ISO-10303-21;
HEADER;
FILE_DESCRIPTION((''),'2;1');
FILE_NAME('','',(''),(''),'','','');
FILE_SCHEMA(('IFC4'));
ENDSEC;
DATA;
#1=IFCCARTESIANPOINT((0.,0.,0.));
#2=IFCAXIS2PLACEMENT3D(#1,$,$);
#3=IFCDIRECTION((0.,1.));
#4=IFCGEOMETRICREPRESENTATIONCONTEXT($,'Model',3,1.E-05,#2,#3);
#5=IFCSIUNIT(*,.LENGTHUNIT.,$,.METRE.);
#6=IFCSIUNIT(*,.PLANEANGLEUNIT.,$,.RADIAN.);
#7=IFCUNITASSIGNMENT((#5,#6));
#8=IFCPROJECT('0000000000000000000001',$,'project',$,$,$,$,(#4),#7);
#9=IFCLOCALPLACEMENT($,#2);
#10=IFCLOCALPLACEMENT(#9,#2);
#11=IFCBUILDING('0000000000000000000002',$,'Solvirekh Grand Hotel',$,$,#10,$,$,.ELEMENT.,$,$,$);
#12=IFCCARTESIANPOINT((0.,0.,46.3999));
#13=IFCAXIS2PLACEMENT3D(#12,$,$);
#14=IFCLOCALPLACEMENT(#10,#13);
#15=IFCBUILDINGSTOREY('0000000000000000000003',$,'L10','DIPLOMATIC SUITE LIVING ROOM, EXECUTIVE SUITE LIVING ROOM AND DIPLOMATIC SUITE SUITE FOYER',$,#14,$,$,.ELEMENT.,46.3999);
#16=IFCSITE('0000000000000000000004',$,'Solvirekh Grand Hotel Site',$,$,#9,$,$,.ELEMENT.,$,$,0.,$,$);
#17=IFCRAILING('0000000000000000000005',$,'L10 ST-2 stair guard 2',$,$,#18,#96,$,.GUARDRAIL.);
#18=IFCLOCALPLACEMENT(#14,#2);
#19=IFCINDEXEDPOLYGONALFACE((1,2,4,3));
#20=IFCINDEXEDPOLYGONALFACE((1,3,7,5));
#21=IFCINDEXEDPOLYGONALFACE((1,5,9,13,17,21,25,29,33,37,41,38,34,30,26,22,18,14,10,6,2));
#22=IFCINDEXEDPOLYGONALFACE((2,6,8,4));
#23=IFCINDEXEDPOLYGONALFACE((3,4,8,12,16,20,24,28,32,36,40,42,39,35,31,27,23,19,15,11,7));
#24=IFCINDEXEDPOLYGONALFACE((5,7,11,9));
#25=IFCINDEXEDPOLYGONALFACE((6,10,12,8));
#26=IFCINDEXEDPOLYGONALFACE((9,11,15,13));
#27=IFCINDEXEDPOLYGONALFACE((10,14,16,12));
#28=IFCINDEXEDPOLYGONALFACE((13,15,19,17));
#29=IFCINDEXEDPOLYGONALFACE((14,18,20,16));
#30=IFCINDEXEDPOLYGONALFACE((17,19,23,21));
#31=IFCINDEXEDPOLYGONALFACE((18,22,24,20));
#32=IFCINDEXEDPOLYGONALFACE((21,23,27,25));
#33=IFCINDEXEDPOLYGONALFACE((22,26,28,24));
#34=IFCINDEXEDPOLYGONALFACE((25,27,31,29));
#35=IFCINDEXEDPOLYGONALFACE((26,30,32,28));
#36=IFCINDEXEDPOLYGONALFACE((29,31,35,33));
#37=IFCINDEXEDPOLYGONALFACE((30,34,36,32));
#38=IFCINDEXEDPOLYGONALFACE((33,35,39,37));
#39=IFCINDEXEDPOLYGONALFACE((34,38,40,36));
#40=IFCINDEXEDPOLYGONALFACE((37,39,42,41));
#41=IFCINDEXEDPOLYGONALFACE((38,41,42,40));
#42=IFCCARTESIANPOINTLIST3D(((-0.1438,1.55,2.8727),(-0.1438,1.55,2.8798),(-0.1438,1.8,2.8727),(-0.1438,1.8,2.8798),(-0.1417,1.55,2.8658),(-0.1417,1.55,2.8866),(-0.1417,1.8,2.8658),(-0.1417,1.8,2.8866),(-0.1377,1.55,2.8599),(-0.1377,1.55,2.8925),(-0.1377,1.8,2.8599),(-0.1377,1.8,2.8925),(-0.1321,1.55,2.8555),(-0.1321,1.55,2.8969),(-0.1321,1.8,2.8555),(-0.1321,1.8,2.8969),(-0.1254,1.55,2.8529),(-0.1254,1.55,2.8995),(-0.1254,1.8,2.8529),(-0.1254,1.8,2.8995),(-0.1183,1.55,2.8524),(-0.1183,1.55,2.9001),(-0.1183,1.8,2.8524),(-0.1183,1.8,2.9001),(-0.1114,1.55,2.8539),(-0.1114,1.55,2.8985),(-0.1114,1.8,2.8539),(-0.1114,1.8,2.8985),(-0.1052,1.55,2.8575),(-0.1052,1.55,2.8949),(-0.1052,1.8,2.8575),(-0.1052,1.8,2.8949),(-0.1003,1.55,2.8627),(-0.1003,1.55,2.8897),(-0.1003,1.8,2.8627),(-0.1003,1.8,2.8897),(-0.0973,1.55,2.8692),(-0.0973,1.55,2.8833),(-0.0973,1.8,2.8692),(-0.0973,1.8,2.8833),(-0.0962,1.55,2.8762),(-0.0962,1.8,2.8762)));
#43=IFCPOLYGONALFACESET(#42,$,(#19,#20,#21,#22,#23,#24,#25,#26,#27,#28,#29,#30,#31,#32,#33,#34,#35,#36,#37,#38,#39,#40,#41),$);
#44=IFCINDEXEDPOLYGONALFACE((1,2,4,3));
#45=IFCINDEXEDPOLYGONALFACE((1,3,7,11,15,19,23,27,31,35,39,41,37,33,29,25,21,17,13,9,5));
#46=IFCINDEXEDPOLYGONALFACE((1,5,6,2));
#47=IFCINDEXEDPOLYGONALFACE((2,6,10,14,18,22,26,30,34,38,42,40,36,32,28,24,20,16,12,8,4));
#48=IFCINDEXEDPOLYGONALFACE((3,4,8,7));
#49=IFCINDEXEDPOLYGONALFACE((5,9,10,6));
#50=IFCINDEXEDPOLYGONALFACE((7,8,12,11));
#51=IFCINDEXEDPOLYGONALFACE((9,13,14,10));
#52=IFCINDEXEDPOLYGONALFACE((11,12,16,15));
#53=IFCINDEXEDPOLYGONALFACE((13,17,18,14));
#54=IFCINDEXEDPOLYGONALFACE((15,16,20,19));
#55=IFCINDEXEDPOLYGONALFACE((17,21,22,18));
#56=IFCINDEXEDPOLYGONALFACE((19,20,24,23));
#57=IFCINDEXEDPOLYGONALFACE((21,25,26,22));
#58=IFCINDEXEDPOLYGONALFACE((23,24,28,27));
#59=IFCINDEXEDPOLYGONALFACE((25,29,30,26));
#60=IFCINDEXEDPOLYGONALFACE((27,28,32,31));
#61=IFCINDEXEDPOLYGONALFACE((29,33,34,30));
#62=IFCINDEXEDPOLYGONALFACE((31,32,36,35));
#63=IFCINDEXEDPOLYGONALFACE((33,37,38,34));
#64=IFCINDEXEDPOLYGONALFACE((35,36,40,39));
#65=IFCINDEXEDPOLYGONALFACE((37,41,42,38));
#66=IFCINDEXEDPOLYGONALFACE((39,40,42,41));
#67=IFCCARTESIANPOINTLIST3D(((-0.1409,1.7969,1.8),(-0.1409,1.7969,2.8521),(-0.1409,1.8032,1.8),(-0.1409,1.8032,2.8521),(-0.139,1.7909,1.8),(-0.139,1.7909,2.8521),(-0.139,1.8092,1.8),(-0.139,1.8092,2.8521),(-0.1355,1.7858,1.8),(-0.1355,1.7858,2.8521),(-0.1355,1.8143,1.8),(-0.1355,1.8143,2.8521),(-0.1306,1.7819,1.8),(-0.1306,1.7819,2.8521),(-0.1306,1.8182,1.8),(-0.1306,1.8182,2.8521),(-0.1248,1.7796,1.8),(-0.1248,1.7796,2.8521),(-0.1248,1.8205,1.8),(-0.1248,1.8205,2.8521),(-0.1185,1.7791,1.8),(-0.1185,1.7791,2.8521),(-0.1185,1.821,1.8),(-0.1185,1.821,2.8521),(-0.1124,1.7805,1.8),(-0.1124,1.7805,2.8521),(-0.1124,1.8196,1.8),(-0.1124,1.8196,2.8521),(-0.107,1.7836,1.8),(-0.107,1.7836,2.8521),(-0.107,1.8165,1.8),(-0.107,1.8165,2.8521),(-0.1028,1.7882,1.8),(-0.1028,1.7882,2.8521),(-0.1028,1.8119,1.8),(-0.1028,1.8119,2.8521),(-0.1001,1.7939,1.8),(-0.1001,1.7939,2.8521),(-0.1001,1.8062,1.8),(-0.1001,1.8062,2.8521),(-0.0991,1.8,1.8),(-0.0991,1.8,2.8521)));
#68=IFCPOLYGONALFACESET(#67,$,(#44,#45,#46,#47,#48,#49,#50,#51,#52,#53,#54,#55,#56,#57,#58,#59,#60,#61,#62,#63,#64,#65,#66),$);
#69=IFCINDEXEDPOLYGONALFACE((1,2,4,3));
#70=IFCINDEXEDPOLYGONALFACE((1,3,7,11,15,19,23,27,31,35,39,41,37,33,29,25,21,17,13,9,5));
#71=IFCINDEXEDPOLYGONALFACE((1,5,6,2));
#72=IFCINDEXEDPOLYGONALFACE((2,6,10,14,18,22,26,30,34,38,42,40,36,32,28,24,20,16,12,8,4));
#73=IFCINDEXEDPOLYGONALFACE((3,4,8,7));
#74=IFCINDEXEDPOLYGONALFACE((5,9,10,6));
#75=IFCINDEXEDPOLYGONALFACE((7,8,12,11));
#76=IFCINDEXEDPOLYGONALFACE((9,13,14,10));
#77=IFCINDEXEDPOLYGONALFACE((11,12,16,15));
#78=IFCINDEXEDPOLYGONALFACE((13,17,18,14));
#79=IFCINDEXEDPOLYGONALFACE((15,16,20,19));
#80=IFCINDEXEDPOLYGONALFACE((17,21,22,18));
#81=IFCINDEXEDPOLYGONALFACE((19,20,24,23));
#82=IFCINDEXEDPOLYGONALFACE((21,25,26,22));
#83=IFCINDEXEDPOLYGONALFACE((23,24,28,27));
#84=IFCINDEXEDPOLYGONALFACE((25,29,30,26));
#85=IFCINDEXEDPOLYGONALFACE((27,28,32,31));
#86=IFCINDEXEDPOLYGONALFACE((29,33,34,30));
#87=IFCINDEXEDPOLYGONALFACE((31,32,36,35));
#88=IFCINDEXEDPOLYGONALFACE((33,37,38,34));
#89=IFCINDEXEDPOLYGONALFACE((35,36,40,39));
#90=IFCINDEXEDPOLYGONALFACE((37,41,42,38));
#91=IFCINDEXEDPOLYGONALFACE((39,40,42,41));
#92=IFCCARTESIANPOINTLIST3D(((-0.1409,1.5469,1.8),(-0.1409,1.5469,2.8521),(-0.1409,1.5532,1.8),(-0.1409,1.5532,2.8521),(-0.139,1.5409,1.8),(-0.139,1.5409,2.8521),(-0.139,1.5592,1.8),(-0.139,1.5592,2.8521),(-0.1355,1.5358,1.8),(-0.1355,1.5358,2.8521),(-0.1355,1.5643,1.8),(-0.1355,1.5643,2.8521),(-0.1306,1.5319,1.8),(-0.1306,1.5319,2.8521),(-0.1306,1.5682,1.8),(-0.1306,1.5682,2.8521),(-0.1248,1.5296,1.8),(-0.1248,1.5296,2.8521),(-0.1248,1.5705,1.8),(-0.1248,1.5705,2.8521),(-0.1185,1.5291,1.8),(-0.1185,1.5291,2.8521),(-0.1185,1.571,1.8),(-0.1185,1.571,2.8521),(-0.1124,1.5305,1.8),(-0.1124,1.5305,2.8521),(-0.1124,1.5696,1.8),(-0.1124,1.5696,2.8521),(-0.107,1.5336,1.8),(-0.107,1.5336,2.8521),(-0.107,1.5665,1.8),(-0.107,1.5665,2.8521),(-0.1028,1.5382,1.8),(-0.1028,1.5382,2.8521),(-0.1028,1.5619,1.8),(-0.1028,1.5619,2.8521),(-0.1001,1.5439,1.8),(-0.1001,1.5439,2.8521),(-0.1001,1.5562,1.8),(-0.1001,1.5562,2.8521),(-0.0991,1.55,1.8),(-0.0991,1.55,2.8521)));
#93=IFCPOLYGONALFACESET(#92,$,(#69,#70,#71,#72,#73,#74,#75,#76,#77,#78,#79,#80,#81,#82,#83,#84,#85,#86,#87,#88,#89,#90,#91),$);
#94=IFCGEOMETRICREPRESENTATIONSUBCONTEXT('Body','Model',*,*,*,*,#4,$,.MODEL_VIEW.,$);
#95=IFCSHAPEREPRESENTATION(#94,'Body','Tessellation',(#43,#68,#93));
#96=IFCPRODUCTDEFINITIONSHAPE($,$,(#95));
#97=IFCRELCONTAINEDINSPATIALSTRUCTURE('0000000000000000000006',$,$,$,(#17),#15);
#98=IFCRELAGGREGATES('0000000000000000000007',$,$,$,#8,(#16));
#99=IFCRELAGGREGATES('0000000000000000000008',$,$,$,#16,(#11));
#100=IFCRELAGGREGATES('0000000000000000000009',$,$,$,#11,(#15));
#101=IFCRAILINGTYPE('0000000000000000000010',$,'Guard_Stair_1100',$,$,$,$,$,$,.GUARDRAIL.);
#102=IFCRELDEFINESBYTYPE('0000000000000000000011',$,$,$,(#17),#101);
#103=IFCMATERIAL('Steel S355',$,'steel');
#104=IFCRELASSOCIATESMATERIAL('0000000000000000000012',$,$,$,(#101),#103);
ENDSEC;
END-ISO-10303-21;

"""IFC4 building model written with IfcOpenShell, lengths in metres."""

from ifc_helpers import new_model, si_unit, direction, frame, origin, origin_2d, place, context, subcontext, project, spatial, circle, extrude, material, type_object, element, save


model = new_model("IFC4")

# Units and contexts
model_context = context("Model", 3, precision=1e-05, world=origin(), true_north=direction((0.0, 1.0)))
body_context = subcontext(model_context, "Body", "Model", "MODEL_VIEW")
ifc_project = project(units=[si_unit("LENGTHUNIT", "METRE"), si_unit("PLANEANGLEUNIT", "RADIAN")], contexts=[model_context])

# Site, building, storey
site_placement = place(None, origin())
site = spatial("IfcSite", under=ifc_project, at=site_placement, Name="Solvirekh Grand Hotel Site", CompositionType="ELEMENT", RefElevation=0.0)
building_placement = place(site_placement, origin())
building = spatial("IfcBuilding", under=site, at=building_placement, Name="Solvirekh Grand Hotel", CompositionType="ELEMENT")
storey_placement = place(building_placement, frame((0.0, 0.0, 46.3999)))
storey = spatial("IfcBuildingStorey", under=building, at=storey_placement, Name="L10", Description="DIPLOMATIC SUITE LIVING ROOM, EXECUTIVE SUITE LIVING ROOM AND DIPLOMATIC SUITE SUITE FOYER", CompositionType="ELEMENT", Elevation=46.3999)

# Shared definitions
ifc_material_1 = material(Name="Steel S355", Category="steel")

# Railing
railing_type_1 = type_object("IfcRailingType", Name="Guard_Stair_1100", PredefinedType="GUARDRAIL", material=ifc_material_1)
railing_1_placement = place(storey_placement, frame((-0.1201, 1.8, 1.8)))
element("IfcRailing", 1, at=railing_1_placement, inside=storey, type_object=railing_type_1, Name="L10 ST-2 stair guard 2", PredefinedType="GUARDRAIL", context=body_context, shape_type="SweptSolid", body=[
    extrude(circle(Radius=0.0239, at=origin_2d()), frame((0.0, 0.0, 1.0762), z_axis=(0.0, -1.0, 0.0), x_axis=(1.0, 0.0, 0.0)), (0.0, 0.0, 1.0), 0.25),
    extrude(circle(Radius=0.021, at=origin_2d()), origin(), (0.0, 0.0, 1.0), 1.052),
    extrude(circle(Radius=0.021, at=origin_2d()), frame((0.0, -0.25, 0.0)), (0.0, 0.0, 1.0), 1.052),
])

save(model, "model.ifc")
